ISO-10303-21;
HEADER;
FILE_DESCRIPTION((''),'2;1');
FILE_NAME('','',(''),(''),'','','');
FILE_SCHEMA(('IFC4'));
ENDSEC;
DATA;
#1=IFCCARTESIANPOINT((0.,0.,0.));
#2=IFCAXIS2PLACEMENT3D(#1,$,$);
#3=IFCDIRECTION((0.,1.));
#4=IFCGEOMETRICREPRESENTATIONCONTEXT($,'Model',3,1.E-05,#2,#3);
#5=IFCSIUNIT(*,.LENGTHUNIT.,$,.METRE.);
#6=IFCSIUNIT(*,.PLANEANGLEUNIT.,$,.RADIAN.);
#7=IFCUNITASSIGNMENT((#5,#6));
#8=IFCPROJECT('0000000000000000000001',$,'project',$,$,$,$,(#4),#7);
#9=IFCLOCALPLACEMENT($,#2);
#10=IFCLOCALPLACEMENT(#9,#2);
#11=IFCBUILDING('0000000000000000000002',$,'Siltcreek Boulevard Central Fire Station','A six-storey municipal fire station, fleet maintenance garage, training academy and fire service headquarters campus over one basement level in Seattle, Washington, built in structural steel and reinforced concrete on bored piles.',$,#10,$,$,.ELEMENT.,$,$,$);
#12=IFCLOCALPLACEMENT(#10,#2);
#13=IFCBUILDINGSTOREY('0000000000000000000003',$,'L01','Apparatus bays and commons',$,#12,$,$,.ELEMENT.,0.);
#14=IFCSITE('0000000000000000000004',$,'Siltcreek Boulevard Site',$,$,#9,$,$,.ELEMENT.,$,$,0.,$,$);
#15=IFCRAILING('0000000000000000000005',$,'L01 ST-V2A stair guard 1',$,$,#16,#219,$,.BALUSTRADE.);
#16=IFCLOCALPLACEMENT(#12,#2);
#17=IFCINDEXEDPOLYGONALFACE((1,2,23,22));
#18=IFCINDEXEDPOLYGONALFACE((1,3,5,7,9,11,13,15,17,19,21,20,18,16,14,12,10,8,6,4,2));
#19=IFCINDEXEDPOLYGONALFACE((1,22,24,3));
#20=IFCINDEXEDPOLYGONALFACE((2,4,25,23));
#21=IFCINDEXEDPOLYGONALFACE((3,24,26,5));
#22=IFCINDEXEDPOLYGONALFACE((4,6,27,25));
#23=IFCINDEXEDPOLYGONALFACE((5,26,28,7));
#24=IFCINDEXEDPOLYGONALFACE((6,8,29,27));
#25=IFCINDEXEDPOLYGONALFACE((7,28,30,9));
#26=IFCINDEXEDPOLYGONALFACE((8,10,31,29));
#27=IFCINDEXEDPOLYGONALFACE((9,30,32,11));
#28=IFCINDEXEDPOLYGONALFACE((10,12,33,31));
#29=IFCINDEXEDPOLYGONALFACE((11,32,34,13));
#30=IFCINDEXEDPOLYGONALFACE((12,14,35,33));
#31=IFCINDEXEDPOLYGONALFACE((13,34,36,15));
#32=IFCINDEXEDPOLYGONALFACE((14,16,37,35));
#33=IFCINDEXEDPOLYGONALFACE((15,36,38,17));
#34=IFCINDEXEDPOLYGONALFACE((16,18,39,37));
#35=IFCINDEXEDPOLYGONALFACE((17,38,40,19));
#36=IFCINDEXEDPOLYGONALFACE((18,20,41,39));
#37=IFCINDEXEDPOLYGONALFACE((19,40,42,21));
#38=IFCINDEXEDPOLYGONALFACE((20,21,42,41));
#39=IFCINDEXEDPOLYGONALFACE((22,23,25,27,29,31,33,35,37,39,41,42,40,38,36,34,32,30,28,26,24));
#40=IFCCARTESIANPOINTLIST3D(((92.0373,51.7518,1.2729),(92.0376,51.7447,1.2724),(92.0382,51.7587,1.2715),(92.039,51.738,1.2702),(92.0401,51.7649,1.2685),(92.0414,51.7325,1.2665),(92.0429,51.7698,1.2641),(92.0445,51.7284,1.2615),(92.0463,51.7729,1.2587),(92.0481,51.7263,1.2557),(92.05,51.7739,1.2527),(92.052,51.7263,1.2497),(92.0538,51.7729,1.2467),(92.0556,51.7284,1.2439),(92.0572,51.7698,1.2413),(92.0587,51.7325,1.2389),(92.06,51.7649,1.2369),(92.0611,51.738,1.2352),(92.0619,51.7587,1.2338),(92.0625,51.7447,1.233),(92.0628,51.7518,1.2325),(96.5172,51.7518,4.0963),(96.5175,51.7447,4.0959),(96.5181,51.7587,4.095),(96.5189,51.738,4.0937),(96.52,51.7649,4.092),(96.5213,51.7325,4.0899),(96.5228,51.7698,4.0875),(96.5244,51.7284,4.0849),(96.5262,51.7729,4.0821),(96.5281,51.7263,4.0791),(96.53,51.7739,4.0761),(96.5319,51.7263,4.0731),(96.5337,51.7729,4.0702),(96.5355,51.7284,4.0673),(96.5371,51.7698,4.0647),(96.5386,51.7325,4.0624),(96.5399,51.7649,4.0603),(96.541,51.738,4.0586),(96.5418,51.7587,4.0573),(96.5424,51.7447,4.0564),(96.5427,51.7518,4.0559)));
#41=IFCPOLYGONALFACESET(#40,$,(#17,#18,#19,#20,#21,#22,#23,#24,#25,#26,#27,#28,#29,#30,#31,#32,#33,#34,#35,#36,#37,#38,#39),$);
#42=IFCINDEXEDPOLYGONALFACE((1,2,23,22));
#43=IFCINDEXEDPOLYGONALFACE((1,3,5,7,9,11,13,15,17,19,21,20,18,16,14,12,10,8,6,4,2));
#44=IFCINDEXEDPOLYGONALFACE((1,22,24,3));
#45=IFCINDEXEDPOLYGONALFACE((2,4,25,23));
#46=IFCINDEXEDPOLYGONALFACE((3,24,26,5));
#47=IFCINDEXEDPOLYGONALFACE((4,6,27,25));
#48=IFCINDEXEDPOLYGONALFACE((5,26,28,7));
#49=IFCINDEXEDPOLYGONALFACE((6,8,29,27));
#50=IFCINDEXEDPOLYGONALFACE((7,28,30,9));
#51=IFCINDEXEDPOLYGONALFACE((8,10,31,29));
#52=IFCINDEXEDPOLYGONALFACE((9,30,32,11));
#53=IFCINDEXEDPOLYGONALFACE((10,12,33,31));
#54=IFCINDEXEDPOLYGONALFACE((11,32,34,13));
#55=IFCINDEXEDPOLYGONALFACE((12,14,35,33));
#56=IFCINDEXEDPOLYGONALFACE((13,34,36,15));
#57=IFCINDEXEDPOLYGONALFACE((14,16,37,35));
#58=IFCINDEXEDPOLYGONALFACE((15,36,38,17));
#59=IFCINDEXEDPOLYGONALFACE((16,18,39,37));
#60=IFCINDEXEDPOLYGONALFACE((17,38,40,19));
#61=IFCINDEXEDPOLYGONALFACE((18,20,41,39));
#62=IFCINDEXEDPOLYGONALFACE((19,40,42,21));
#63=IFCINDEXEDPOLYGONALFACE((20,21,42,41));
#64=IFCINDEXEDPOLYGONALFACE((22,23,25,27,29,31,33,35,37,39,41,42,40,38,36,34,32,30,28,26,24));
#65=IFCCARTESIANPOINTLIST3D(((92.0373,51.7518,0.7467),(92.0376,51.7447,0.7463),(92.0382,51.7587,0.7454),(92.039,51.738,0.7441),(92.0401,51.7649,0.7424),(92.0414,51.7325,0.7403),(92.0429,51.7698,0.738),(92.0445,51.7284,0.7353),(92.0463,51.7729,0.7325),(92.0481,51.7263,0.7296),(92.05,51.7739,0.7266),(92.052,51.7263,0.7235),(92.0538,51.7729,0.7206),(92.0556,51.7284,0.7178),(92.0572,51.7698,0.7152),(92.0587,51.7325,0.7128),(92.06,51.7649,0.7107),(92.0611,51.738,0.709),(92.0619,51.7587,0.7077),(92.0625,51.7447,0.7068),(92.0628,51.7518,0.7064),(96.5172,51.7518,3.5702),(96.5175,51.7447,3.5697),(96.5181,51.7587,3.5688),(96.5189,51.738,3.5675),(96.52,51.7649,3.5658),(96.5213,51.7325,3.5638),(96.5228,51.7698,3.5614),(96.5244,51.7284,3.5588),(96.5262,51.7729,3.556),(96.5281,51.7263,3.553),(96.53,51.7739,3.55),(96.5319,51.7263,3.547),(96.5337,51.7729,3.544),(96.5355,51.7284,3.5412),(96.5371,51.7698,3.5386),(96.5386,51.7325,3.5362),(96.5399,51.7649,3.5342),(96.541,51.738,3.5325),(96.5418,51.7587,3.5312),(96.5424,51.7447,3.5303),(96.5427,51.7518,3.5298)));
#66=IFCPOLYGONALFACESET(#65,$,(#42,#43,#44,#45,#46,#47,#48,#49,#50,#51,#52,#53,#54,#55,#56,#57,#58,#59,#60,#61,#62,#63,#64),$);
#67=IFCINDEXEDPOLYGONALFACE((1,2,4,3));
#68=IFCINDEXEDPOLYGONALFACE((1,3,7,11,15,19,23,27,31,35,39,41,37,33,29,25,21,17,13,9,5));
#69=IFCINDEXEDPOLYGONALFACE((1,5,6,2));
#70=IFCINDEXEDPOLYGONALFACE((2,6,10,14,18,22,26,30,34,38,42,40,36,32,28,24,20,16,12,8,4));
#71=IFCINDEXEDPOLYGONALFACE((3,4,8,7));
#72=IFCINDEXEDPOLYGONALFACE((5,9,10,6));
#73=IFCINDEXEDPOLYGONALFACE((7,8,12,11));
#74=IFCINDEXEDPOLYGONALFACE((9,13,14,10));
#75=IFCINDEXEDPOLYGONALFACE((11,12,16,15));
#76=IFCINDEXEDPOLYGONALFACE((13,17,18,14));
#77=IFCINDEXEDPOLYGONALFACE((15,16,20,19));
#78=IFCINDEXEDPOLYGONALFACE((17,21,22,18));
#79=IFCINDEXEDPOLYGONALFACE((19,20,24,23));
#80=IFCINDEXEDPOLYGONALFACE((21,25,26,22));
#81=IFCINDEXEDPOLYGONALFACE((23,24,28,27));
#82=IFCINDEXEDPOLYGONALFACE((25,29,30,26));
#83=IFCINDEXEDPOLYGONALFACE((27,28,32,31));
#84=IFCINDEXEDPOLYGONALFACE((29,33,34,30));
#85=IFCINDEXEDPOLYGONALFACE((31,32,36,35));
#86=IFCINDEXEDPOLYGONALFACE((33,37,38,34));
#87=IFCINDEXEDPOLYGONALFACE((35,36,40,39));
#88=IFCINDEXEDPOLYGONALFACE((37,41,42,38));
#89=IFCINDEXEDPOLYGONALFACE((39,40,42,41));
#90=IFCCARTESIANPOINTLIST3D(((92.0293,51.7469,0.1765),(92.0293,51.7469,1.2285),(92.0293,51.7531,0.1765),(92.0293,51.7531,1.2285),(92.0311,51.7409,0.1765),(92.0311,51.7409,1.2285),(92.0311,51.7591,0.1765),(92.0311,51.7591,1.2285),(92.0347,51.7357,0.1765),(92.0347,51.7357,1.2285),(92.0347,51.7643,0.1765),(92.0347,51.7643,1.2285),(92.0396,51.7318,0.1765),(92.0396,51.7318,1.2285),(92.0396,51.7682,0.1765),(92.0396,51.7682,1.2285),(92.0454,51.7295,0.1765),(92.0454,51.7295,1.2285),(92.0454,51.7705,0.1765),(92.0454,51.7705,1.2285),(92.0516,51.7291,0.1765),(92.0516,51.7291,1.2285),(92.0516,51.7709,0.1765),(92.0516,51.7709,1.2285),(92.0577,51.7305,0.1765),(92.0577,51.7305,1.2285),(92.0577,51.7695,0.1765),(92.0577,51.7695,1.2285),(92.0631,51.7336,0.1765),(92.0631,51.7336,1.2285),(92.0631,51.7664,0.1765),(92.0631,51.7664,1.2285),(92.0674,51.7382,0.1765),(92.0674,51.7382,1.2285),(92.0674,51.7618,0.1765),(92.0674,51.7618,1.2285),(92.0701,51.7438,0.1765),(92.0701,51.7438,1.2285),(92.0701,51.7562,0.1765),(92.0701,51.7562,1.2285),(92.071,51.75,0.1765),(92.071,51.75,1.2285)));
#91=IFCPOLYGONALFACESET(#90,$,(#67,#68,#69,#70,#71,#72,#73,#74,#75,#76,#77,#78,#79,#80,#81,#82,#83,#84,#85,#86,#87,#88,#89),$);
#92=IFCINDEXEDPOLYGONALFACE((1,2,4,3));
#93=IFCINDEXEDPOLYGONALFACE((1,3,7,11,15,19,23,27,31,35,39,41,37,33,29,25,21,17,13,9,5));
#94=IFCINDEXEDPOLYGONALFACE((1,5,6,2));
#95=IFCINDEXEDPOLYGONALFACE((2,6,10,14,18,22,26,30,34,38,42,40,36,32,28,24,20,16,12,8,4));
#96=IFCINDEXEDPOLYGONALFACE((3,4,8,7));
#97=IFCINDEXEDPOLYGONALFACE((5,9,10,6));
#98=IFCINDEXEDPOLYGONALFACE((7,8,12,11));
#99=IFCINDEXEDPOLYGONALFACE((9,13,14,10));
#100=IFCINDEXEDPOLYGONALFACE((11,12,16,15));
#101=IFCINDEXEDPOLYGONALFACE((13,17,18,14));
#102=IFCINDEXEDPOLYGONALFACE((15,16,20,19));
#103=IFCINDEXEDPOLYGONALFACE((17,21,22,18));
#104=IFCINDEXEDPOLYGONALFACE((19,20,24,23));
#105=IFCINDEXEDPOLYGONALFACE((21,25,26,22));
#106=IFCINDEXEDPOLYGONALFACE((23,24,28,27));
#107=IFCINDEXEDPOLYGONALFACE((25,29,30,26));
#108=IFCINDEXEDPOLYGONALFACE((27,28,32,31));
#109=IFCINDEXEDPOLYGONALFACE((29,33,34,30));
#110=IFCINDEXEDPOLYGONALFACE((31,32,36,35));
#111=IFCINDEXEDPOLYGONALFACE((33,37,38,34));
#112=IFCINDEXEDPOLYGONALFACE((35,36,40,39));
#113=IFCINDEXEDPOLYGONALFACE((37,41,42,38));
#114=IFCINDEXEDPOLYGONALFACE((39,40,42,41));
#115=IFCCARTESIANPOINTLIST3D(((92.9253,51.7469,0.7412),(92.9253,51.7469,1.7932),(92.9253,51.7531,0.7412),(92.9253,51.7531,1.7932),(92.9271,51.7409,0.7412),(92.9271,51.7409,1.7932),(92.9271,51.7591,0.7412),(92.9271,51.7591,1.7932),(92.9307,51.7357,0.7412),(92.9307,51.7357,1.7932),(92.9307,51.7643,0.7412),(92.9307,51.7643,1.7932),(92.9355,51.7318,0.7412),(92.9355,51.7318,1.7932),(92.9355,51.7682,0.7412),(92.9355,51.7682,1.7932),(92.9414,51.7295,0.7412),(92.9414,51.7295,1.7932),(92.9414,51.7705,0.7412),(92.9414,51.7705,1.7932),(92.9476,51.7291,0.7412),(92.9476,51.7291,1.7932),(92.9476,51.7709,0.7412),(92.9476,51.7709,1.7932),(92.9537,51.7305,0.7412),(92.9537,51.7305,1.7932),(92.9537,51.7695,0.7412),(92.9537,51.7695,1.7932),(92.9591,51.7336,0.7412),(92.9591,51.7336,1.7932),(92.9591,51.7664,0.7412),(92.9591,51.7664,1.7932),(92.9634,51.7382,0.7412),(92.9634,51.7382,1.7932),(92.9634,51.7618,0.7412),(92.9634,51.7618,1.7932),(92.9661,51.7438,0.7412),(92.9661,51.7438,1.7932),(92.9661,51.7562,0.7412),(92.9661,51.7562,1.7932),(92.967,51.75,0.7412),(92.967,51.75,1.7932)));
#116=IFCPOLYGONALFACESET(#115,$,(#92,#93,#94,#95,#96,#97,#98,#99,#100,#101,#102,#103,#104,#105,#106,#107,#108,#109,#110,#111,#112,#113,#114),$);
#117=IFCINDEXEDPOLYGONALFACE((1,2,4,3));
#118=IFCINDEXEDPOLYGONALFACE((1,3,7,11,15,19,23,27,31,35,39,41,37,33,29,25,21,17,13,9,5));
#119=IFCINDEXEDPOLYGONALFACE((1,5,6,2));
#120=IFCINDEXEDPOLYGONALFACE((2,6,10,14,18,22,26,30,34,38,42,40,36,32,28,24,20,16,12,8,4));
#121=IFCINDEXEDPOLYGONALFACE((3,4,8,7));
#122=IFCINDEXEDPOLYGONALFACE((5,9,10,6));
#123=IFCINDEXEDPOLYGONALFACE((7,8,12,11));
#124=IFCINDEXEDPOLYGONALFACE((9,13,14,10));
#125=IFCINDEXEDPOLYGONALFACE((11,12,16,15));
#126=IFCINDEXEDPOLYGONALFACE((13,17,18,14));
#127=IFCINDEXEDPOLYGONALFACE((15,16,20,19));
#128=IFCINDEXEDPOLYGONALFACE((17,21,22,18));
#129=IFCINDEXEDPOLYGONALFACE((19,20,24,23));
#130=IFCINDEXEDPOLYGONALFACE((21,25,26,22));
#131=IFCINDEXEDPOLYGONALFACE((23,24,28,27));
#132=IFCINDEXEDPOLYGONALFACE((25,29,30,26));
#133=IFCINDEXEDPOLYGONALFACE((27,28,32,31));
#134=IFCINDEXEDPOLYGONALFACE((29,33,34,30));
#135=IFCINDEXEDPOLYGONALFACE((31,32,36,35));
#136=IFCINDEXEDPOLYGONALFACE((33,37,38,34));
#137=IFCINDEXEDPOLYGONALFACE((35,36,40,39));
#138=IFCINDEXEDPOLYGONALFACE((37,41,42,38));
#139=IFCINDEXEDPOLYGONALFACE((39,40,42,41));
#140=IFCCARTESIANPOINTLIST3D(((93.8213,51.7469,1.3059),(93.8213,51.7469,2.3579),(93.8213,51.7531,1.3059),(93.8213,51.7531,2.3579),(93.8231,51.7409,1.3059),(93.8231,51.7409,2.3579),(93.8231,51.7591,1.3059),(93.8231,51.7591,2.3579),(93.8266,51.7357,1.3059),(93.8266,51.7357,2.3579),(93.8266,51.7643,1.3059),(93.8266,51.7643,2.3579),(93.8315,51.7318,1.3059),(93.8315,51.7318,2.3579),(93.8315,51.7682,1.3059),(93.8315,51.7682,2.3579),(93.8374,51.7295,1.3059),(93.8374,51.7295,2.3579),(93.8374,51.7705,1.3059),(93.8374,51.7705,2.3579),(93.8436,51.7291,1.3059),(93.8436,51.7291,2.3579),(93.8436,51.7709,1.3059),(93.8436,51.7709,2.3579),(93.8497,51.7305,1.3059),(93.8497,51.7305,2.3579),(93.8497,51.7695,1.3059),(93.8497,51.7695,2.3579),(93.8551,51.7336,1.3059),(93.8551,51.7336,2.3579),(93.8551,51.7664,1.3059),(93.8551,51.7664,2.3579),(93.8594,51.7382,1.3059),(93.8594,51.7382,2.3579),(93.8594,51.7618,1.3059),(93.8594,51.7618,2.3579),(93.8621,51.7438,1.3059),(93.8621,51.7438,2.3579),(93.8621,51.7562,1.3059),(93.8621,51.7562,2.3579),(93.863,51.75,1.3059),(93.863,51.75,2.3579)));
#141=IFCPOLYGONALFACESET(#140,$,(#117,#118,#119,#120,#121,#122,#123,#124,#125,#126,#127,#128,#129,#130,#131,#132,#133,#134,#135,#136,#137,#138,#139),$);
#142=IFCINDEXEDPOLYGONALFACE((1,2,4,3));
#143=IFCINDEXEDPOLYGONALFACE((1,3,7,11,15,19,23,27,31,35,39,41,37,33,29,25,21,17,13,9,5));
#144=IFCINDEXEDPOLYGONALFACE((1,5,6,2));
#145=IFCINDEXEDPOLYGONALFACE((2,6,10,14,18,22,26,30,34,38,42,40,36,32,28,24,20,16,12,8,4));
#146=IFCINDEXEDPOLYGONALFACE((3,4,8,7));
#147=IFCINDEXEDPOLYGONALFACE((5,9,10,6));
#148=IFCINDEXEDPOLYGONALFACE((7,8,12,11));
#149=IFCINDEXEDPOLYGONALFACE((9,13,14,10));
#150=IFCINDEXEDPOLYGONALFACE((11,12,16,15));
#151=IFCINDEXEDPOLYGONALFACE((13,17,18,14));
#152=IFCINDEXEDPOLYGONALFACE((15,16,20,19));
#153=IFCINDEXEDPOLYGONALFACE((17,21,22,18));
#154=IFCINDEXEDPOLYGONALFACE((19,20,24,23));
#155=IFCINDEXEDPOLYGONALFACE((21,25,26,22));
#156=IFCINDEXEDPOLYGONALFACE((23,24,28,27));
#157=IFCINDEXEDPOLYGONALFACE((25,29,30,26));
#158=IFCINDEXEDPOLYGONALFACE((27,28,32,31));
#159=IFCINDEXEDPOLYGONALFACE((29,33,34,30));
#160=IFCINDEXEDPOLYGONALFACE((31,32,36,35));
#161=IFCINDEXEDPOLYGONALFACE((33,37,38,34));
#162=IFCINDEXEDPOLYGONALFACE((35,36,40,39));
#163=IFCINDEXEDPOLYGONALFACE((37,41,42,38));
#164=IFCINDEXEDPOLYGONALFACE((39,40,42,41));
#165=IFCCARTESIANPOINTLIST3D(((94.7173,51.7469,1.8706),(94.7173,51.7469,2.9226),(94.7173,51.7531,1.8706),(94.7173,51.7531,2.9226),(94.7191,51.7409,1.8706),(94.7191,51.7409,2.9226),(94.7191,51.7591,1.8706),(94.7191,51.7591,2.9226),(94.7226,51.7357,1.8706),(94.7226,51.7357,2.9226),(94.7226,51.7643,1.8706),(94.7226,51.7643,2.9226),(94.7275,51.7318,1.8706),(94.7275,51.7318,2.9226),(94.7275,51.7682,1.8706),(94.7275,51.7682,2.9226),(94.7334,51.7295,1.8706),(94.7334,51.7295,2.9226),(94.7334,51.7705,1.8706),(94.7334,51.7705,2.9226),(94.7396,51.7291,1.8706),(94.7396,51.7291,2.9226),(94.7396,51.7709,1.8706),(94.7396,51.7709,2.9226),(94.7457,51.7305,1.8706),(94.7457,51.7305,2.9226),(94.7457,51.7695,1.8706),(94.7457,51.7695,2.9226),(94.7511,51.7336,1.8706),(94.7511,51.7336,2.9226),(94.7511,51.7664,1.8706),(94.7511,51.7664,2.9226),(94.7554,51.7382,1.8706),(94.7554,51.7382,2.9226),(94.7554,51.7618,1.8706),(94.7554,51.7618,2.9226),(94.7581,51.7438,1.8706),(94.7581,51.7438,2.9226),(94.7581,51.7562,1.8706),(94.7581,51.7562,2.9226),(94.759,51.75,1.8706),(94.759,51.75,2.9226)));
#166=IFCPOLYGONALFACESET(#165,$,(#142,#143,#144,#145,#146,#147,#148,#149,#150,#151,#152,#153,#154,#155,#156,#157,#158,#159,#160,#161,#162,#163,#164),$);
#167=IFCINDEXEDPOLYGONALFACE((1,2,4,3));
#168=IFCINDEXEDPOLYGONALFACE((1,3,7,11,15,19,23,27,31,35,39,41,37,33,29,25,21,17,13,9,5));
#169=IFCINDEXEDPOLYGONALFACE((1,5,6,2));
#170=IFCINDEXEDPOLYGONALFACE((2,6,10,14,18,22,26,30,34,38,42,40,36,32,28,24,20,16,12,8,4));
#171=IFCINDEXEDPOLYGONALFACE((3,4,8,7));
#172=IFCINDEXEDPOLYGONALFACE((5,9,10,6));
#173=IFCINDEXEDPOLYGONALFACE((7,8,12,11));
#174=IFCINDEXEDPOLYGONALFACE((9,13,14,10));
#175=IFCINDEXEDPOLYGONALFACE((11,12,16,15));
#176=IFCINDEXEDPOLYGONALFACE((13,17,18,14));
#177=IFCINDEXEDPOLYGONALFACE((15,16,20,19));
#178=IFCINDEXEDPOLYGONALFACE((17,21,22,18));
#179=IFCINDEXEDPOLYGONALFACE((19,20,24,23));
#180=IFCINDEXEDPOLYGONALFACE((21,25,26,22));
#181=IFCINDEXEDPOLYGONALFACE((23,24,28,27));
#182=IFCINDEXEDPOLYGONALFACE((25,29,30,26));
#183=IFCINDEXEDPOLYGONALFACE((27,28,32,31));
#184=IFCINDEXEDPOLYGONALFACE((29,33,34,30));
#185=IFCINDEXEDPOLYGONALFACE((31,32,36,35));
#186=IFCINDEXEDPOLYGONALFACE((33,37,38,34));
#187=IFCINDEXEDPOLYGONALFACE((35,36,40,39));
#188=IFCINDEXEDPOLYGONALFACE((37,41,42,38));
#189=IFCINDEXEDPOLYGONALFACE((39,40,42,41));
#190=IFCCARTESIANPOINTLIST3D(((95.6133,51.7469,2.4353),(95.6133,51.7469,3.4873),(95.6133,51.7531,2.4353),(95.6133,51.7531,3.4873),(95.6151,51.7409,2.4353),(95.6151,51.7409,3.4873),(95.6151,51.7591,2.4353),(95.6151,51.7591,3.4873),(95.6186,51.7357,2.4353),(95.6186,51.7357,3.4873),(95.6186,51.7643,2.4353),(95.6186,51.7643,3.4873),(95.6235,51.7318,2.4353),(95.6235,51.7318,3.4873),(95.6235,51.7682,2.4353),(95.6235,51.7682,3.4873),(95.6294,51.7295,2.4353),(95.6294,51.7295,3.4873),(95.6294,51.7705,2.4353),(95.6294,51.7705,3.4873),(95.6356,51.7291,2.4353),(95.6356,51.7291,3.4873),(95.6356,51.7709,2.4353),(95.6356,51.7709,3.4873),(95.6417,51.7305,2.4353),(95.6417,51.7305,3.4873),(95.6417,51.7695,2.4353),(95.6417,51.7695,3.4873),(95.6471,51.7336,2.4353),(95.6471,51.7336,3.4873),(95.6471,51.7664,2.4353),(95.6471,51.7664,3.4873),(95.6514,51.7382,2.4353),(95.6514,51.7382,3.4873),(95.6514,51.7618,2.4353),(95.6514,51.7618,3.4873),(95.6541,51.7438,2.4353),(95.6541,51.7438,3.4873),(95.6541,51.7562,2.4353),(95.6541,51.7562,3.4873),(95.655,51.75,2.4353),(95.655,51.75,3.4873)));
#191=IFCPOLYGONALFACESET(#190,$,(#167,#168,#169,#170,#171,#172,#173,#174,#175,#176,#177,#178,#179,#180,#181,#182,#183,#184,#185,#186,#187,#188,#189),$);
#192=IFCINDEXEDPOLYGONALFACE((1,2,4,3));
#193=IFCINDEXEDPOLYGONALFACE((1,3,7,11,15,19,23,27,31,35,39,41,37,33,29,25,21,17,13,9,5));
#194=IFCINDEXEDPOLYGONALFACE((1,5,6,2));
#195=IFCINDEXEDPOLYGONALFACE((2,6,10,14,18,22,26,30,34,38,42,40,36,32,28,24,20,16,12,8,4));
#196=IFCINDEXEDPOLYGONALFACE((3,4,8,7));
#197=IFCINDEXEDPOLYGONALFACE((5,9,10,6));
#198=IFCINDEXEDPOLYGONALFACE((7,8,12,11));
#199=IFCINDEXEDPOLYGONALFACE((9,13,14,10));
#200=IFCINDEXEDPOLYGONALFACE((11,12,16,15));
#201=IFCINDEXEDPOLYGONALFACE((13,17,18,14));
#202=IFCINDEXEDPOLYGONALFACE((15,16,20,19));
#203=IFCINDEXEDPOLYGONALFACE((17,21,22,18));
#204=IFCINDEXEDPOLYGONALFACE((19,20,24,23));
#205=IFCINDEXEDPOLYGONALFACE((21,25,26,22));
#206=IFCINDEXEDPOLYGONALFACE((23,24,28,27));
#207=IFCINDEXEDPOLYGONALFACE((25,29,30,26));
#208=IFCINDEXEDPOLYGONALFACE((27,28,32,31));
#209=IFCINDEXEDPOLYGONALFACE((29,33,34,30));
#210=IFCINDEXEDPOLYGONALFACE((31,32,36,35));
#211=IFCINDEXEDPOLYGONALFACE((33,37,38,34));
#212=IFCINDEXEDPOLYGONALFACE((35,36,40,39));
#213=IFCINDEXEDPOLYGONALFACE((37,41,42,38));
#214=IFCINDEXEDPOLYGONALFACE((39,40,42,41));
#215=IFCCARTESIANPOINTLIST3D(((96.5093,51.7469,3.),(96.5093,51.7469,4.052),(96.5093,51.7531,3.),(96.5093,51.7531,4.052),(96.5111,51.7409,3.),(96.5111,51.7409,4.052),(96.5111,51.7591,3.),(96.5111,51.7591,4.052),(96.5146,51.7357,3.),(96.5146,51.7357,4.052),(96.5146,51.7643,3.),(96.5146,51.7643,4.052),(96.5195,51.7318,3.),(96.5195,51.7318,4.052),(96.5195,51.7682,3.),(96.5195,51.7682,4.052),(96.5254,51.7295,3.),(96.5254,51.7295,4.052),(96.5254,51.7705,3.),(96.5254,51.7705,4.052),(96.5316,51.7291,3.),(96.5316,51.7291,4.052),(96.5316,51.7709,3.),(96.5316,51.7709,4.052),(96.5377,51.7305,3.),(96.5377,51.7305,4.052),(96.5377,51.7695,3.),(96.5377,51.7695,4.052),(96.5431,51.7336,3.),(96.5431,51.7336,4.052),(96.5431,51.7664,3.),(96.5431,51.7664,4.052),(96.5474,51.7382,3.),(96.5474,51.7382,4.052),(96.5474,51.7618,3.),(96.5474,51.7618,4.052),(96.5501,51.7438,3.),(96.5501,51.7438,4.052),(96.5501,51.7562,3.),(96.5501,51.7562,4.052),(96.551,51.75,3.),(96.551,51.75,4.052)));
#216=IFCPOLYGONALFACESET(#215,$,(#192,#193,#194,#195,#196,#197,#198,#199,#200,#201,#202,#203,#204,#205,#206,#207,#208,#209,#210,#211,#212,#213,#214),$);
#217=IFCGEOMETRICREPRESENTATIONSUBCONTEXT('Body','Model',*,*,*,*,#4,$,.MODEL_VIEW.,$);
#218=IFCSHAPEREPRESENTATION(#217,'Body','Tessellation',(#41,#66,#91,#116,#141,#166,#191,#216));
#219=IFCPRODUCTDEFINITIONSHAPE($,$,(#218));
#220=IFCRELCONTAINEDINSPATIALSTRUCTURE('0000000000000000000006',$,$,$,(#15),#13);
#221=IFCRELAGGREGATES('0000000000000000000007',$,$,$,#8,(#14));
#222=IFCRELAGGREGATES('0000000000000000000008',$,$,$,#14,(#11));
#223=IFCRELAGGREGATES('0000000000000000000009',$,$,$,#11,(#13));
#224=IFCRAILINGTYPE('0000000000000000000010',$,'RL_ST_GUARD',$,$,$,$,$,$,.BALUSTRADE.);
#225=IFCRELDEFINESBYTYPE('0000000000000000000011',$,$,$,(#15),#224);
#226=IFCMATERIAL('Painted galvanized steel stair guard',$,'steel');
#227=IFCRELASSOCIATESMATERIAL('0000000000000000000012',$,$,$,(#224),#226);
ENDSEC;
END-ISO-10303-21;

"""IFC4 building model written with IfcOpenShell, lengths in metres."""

from ifc_helpers import new_model, si_unit, direction, frame, origin, origin_2d, place, context, subcontext, project, spatial, circle, extrude, material, type_object, element, save


model = new_model("IFC4")

# Units and contexts
model_context = context("Model", 3, precision=1e-05, world=origin(), true_north=direction((0.0, 1.0)))
body_context = subcontext(model_context, "Body", "Model", "MODEL_VIEW")
ifc_project = project(units=[si_unit("LENGTHUNIT", "METRE"), si_unit("PLANEANGLEUNIT", "RADIAN")], contexts=[model_context])

# Site, building, storey
site_placement = place(None, origin())
site = spatial("IfcSite", under=ifc_project, at=site_placement, Name="Siltcreek Boulevard Site", CompositionType="ELEMENT", RefElevation=0.0)
building_placement = place(site_placement, origin())
building = spatial("IfcBuilding", under=site, at=building_placement, Name="Siltcreek Boulevard Central Fire Station", Description="A six-storey municipal fire station, fleet maintenance garage, training academy and fire service headquarters campus over one basement level in Seattle, Washington, built in structural steel and reinforced concrete on bored piles.", CompositionType="ELEMENT")
storey_placement = place(building_placement, origin())
storey = spatial("IfcBuildingStorey", under=building, at=storey_placement, Name="L01", Description="Apparatus bays and commons", CompositionType="ELEMENT", Elevation=0.0)

# Railing
ifc_material_1 = material(Name="Painted galvanized steel stair guard", Category="steel")
railing_type_1 = type_object("IfcRailingType", Name="RL_ST_GUARD", PredefinedType="BALUSTRADE", material=ifc_material_1)
railing_1_placement = place(storey_placement, frame((92.05, 51.75, 0.1765)))
element("IfcRailing", 1, at=railing_1_placement, inside=storey, type_object=railing_type_1, Name="L01 ST-V2A stair guard 1", PredefinedType="BALUSTRADE", context=body_context, shape_type="SweptSolid", body=[
    extrude(circle(Radius=0.0239, at=origin_2d()), frame((0.0, 0.0, 1.0762), z_axis=(0.845998, 0.0, 0.533186), x_axis=(0.0, 1.0, 0.0)), (0.0, 0.0, 1.0), 5.2954),
    extrude(circle(Radius=0.0239, at=origin_2d()), frame((0.0, 0.0, 0.55), z_axis=(0.845998, 0.0, 0.533186), x_axis=(0.0, 1.0, 0.0)), (0.0, 0.0, 1.0), 5.2954),
    extrude(circle(Radius=0.021, at=origin_2d()), origin(), (0.0, 0.0, 1.0), 1.052),
    extrude(circle(Radius=0.021, at=origin_2d()), frame((0.896, 0.0, 0.5647)), (0.0, 0.0, 1.0), 1.052),
    extrude(circle(Radius=0.021, at=origin_2d()), frame((1.792, 0.0, 1.1294)), (0.0, 0.0, 1.0), 1.052),
    extrude(circle(Radius=0.021, at=origin_2d()), frame((2.688, 0.0, 1.6941)), (0.0, 0.0, 1.0), 1.052),
    extrude(circle(Radius=0.021, at=origin_2d()), frame((3.584, 0.0, 2.2588)), (0.0, 0.0, 1.0), 1.052),
    extrude(circle(Radius=0.021, at=origin_2d()), frame((4.48, 0.0, 2.8235)), (0.0, 0.0, 1.0), 1.052),
])

save(model, "model.ifc")
